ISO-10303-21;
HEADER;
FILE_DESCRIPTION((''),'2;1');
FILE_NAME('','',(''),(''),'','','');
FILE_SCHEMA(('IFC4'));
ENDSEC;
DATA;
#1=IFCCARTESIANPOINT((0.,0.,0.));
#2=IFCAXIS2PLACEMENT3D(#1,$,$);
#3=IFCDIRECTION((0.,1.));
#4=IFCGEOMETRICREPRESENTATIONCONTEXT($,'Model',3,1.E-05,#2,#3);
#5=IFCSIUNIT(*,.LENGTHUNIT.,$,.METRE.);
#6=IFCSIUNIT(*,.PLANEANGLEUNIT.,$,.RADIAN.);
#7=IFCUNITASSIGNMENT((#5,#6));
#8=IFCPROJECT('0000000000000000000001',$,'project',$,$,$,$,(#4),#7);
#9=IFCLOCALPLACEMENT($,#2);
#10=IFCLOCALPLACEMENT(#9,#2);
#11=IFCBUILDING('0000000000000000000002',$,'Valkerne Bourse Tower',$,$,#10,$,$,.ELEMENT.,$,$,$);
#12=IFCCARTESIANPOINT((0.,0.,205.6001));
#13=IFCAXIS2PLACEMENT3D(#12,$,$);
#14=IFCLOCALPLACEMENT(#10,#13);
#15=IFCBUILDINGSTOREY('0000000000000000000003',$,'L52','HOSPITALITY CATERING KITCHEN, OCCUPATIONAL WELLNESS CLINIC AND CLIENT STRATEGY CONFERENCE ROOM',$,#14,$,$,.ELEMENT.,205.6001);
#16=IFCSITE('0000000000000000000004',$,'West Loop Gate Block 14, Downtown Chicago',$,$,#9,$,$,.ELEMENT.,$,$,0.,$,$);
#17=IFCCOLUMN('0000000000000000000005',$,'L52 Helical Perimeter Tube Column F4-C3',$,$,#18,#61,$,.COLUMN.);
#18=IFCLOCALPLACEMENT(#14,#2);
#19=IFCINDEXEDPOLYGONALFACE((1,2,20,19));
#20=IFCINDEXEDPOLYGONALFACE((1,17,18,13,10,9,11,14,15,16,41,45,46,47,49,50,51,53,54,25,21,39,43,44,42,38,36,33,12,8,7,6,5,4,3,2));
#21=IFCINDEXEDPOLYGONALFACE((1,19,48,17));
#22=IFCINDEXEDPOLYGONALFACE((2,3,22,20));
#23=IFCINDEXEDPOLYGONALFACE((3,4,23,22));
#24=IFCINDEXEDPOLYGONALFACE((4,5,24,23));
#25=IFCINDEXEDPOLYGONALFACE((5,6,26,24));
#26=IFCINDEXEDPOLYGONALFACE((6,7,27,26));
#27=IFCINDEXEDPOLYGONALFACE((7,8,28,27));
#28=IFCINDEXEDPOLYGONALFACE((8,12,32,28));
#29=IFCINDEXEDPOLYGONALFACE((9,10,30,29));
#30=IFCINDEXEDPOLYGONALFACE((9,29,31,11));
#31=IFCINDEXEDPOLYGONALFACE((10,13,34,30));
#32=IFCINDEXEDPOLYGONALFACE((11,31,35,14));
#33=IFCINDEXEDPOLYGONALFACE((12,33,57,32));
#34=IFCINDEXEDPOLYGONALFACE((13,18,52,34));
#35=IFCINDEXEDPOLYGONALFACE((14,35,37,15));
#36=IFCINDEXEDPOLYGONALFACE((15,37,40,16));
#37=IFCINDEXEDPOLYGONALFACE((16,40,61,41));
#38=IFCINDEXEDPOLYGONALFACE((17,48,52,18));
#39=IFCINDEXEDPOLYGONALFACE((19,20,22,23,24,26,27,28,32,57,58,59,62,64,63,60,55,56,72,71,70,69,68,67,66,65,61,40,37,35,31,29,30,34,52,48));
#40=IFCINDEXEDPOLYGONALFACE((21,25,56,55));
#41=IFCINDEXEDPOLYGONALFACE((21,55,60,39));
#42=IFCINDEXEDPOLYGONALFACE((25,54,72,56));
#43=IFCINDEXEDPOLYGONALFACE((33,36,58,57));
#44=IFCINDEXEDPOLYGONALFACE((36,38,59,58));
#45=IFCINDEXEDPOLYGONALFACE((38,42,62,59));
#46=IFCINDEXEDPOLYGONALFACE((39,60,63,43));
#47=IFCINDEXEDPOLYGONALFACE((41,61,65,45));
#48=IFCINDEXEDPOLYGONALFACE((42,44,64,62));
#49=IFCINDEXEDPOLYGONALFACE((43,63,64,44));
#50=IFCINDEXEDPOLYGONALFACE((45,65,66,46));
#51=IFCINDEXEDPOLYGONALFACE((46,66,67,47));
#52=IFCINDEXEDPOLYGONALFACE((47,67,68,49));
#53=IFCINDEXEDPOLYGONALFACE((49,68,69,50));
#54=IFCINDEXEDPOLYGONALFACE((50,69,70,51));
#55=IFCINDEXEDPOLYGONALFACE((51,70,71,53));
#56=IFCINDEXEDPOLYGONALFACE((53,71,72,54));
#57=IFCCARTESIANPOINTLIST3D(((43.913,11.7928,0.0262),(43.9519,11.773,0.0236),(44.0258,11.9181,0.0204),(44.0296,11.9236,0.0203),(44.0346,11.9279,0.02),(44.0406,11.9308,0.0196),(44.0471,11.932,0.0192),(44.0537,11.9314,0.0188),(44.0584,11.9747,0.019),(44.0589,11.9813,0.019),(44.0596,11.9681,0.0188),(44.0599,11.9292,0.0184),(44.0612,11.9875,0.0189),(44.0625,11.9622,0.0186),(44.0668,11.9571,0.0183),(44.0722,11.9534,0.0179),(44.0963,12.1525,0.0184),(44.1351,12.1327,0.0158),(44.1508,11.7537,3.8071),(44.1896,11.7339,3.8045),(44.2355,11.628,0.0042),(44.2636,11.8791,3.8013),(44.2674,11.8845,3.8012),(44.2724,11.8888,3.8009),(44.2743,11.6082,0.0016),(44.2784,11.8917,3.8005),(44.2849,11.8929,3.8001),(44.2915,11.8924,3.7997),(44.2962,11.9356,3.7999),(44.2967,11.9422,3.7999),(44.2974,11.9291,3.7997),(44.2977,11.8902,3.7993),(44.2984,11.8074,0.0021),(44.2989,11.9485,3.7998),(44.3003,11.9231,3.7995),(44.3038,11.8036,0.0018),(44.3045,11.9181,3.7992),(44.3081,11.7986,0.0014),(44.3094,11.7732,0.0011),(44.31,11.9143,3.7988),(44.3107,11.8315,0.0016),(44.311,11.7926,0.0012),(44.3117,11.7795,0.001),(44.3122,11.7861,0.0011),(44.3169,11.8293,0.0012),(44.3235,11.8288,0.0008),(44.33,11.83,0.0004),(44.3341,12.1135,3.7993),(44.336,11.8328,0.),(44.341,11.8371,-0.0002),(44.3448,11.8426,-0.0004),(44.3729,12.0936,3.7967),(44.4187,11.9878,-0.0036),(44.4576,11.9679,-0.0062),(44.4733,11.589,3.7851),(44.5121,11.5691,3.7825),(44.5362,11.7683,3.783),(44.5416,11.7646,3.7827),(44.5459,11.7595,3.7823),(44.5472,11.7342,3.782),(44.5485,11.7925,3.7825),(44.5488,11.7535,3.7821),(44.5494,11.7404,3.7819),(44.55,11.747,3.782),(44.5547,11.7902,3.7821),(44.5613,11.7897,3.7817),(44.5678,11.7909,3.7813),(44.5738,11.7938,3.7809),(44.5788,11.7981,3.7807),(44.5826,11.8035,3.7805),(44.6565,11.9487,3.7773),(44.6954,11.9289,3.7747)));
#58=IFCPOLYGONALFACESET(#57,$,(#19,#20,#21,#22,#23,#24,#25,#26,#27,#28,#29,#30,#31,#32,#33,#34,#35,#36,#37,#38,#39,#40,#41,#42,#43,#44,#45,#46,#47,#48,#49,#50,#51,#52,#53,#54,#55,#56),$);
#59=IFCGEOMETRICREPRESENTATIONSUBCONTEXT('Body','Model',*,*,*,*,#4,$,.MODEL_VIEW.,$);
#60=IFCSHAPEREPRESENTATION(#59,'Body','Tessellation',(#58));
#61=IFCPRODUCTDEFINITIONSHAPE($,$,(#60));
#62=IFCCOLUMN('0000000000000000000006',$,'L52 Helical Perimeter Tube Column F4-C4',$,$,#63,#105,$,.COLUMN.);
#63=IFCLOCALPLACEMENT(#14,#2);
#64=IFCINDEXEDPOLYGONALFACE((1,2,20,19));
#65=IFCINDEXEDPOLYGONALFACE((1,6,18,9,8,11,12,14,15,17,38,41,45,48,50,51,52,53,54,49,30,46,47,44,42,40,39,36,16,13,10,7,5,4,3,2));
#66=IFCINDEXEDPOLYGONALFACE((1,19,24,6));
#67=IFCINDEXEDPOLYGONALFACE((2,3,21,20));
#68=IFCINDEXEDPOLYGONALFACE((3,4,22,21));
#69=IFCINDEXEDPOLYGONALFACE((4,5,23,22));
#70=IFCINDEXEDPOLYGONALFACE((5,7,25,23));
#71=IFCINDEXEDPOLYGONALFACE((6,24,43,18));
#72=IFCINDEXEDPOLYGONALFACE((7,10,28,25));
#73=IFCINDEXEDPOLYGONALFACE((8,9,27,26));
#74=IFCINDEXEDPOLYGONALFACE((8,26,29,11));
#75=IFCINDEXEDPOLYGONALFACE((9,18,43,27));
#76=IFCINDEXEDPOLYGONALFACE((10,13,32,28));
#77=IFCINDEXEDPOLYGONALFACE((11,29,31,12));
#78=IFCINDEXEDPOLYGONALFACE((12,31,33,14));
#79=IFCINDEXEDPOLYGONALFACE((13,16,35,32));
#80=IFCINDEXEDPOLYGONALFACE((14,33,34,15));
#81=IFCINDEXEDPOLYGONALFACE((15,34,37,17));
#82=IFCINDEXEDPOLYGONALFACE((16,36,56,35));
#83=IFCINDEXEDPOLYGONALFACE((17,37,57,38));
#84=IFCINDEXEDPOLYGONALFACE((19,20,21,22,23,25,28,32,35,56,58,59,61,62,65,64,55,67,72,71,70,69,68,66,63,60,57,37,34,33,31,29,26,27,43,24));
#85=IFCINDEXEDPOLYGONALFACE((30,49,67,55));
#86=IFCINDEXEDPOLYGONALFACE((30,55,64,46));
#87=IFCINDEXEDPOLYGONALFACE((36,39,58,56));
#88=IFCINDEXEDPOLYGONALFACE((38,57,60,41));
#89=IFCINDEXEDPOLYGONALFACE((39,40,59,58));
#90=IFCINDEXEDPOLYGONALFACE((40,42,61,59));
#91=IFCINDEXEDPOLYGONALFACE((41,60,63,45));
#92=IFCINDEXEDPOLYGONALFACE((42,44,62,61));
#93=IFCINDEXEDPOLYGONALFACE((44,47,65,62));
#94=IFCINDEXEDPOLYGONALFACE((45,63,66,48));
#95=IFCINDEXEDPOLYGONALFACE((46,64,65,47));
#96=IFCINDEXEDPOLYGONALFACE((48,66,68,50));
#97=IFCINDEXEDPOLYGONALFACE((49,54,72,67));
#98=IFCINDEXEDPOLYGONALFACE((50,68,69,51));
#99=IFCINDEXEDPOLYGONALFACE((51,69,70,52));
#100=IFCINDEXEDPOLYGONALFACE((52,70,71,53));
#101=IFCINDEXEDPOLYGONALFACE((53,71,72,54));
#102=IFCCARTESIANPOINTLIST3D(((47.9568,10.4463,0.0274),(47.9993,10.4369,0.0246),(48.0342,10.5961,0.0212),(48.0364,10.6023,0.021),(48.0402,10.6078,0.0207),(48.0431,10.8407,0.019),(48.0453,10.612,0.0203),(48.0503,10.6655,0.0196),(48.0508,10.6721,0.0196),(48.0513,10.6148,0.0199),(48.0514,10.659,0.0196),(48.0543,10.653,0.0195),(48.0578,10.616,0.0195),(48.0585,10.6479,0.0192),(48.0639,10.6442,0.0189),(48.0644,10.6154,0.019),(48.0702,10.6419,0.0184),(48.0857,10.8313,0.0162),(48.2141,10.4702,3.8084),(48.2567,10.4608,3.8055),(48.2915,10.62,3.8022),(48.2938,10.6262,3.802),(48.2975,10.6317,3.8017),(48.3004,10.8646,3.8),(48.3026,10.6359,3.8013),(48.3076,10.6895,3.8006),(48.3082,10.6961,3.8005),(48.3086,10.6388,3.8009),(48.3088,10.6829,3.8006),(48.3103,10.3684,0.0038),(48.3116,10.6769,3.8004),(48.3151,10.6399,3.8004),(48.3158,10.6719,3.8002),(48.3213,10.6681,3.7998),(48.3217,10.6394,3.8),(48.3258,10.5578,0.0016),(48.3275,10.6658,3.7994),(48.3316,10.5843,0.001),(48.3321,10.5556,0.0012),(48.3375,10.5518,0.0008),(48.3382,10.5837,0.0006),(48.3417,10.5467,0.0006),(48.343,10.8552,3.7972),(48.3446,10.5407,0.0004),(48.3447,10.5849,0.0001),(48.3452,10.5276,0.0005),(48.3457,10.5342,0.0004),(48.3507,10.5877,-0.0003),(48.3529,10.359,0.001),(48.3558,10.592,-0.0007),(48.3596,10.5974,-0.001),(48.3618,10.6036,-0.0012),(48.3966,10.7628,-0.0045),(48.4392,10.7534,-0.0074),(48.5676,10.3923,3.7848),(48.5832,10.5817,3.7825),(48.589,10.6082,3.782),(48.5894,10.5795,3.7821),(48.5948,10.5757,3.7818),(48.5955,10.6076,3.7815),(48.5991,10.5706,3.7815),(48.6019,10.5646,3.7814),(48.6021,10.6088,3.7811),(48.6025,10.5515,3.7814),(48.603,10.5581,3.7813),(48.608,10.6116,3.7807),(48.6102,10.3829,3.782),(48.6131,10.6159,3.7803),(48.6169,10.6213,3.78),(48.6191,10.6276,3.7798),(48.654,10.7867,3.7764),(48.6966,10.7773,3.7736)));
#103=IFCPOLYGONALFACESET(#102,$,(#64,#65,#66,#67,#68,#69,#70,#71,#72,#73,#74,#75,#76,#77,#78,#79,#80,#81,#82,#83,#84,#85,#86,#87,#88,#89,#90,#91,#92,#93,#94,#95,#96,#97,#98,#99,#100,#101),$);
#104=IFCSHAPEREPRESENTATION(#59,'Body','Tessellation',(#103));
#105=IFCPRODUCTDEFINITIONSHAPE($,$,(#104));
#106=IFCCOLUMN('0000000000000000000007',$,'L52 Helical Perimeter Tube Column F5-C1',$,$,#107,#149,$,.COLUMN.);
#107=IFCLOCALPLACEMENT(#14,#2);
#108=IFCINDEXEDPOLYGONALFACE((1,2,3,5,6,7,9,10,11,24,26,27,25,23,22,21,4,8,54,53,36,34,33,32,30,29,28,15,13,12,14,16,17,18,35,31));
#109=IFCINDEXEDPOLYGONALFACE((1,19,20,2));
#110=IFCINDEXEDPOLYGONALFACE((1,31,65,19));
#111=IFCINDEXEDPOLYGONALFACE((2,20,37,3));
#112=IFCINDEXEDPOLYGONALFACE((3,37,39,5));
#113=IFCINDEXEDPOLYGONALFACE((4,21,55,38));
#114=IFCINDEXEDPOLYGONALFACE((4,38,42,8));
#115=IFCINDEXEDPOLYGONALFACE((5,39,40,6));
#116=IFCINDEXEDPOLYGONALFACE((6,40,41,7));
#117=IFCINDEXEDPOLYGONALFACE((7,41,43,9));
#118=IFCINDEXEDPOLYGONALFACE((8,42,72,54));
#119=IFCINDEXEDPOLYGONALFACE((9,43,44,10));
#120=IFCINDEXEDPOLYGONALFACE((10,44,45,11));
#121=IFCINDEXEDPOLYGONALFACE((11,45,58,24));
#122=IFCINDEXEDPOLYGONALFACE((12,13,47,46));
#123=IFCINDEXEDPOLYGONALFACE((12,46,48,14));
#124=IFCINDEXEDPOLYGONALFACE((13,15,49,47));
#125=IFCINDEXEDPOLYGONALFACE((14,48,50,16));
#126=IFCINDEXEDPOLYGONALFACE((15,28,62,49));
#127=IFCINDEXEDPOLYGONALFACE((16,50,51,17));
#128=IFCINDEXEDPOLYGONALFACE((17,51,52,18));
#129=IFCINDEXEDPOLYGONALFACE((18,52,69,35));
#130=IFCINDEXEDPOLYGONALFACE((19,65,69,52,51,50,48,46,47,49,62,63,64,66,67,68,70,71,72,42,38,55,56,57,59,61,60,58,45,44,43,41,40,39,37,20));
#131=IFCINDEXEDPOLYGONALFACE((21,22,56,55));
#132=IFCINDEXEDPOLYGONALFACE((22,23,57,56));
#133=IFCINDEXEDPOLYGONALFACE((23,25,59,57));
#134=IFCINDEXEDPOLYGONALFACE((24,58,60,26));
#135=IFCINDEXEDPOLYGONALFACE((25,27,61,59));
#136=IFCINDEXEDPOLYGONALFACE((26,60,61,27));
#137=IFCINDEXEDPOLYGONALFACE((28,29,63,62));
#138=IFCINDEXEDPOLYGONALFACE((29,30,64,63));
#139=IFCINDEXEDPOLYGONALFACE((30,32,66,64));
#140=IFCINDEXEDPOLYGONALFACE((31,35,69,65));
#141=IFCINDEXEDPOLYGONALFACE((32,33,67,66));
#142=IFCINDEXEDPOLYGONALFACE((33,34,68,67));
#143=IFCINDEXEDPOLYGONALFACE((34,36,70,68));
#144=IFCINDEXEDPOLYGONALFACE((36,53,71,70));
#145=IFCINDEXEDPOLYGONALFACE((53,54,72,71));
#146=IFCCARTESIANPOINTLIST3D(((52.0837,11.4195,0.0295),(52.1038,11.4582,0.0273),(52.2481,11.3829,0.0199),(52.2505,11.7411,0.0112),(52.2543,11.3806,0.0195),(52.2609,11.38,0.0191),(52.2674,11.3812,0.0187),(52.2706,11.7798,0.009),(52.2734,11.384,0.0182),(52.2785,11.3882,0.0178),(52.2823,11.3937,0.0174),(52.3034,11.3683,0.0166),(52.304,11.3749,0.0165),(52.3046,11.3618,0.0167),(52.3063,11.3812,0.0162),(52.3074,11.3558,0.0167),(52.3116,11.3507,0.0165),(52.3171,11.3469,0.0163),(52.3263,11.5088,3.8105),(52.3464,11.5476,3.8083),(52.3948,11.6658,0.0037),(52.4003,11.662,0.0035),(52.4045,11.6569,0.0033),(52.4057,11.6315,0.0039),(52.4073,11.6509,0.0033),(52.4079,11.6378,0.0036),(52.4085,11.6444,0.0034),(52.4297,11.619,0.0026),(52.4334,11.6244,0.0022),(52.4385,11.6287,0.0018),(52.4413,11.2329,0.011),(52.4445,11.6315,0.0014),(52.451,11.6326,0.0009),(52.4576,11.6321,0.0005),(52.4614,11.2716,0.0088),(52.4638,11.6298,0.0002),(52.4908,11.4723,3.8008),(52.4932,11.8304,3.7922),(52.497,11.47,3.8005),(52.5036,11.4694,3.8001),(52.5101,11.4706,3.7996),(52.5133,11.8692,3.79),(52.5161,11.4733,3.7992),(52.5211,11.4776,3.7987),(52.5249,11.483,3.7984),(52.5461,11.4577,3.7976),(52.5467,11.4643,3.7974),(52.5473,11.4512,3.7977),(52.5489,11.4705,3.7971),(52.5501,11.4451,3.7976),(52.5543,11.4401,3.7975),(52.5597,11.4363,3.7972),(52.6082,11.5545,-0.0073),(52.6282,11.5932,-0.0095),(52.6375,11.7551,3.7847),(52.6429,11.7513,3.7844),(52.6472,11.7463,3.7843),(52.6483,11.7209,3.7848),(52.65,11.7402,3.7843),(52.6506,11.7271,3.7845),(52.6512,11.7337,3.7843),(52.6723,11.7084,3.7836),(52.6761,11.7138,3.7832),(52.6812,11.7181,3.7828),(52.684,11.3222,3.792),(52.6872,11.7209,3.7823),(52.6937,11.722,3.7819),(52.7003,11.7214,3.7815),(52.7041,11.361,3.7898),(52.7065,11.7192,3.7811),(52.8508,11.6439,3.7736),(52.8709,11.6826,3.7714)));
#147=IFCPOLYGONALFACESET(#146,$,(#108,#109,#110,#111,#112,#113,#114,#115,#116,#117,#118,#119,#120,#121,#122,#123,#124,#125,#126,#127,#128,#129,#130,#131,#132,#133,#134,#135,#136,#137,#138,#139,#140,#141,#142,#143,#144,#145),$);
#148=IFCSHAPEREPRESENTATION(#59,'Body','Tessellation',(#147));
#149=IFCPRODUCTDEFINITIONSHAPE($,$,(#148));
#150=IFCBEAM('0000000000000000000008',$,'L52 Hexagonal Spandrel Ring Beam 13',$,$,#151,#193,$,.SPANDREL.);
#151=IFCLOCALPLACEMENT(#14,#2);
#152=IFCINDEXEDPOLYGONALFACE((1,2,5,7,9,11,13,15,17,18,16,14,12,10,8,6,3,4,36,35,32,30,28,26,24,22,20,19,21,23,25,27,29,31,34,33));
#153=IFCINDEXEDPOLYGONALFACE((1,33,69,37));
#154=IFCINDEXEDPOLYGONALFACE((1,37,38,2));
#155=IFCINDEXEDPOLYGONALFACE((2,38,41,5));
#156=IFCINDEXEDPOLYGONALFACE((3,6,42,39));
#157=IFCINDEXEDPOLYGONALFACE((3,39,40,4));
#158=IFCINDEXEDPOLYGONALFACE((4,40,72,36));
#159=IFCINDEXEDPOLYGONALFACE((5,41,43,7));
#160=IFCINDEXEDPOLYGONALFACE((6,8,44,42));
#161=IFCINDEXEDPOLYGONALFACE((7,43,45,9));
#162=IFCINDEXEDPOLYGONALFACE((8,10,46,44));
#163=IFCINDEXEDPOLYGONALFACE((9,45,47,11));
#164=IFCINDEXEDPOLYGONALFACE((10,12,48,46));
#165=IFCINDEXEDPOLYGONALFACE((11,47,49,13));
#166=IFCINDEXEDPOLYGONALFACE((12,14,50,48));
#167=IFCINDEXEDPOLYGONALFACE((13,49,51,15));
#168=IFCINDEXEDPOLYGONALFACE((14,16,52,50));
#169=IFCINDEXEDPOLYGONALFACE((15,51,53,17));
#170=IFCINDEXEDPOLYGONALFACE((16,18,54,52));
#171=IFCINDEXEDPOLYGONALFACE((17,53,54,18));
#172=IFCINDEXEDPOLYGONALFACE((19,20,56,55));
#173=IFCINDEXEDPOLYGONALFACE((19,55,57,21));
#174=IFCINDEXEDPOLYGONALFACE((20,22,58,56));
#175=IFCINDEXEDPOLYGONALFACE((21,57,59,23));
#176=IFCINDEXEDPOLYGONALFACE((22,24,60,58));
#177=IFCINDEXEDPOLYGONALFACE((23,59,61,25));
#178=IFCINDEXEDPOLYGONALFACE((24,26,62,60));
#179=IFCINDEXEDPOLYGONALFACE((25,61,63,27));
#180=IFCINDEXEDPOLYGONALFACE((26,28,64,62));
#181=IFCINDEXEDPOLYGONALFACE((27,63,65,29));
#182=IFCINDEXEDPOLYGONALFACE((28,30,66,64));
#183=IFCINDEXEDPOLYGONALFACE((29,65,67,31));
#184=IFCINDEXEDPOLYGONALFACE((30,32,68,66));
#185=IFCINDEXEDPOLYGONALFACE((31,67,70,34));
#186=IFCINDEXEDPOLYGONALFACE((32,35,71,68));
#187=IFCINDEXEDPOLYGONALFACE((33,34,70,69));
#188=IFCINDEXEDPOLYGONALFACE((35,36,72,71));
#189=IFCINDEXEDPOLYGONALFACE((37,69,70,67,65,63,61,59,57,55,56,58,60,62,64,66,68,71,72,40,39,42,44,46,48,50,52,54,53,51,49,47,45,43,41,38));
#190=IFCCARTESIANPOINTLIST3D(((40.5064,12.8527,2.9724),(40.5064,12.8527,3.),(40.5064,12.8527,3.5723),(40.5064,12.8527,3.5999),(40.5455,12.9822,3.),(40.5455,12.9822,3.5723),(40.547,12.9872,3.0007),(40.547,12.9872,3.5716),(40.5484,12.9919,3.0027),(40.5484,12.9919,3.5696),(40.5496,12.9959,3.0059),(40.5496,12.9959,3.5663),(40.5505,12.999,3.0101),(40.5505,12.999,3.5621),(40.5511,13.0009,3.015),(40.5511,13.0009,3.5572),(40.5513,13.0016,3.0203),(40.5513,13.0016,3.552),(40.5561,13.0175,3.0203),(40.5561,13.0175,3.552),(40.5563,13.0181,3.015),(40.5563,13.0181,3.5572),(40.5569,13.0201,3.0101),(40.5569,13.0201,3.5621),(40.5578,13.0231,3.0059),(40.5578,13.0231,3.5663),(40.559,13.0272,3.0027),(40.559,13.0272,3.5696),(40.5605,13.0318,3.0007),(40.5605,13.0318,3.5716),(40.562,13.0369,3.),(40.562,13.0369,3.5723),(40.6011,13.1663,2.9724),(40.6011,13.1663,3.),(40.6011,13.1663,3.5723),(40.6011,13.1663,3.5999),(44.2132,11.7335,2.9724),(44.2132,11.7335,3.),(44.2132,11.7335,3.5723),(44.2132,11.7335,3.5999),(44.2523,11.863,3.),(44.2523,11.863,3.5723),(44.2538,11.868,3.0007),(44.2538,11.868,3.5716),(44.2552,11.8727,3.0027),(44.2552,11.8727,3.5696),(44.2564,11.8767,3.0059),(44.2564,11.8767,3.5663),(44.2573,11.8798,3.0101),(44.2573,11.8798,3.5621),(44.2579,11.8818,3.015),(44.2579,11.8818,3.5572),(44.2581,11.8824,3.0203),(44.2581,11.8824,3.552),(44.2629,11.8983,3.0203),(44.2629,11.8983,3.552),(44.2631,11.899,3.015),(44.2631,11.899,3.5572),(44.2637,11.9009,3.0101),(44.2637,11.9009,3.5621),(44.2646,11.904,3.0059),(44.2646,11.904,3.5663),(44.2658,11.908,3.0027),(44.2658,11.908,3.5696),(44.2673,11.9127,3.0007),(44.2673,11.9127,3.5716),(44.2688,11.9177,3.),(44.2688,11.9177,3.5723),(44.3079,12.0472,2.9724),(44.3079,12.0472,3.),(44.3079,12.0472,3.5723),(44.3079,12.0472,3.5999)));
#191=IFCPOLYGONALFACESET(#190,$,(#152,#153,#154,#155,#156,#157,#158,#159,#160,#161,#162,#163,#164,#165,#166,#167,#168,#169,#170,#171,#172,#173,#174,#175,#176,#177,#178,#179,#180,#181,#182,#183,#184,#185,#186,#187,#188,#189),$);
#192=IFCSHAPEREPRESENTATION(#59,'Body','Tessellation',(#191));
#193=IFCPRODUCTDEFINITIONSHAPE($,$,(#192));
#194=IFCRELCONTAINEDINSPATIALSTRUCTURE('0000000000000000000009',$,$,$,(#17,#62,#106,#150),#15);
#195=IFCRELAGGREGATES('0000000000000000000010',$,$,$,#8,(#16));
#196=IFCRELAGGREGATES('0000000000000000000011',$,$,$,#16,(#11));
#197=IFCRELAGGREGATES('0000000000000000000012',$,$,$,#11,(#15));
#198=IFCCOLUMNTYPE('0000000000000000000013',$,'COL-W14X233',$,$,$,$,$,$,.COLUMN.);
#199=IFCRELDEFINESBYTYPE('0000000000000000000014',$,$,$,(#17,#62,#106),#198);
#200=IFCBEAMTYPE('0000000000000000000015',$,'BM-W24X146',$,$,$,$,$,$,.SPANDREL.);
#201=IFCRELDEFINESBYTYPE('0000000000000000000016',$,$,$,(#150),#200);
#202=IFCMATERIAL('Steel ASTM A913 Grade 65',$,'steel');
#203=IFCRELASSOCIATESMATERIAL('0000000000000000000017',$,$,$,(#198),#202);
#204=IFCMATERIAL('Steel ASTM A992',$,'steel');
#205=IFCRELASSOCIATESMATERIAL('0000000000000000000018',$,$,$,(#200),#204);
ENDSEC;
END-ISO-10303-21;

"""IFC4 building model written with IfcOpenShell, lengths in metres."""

from ifc_helpers import new_model, si_unit, direction, frame, origin, origin_2d, place, context, subcontext, project, spatial, i_section, extrude, material, material_profile, profile_set, type_object, element, save


model = new_model("IFC4")

# Units and contexts
model_context = context("Model", 3, precision=1e-05, world=origin(), true_north=direction((0.0, 1.0)))
body_context = subcontext(model_context, "Body", "Model", "MODEL_VIEW")
ifc_project = project(units=[si_unit("LENGTHUNIT", "METRE"), si_unit("PLANEANGLEUNIT", "RADIAN")], contexts=[model_context])

# Site, building, storey
site_placement = place(None, origin())
site = spatial("IfcSite", under=ifc_project, at=site_placement, Name="West Loop Gate Block 14, Downtown Chicago", CompositionType="ELEMENT", RefElevation=0.0)
building_placement = place(site_placement, origin())
building = spatial("IfcBuilding", under=site, at=building_placement, Name="Valkerne Bourse Tower", CompositionType="ELEMENT")
storey_placement = place(building_placement, frame((0.0, 0.0, 205.6001)))
storey = spatial("IfcBuildingStorey", under=building, at=storey_placement, Name="L52", Description="HOSPITALITY CATERING KITCHEN, OCCUPATIONAL WELLNESS CLINIC AND CLIENT STRATEGY CONFERENCE ROOM", CompositionType="ELEMENT", Elevation=205.6001)

# Columns
ifc_material_1 = material(Name="Steel ASTM A913 Grade 65", Category="steel")
ifc_material_profile_1 = material_profile(ifc_material_1, i_section(OverallWidth=0.4038, OverallDepth=0.4065, WebThickness=0.0271, FlangeThickness=0.0437, FilletRadius=0.0254, at=origin_2d()), Name="W14X233")
ifc_profile_set_1 = profile_set([ifc_material_profile_1], Name="Steel ASTM A913 Grade 65")
column_type = type_object("IfcColumnType", Name="COL-W14X233", PredefinedType="COLUMN", material=ifc_profile_set_1)
column_placement = place(storey_placement, frame((44.1853, 11.8804, 0.01), z_axis=(0.062764, -0.01031, 0.997975), x_axis=(0.45383, 0.890879, -0.019338)))
element("IfcColumn", 1, at=column_placement, inside=storey, type_object=column_type, Name="L52 Helical Perimeter Tube Column F4-C3", PredefinedType="COLUMN", context=body_context, shape_type="SweptSolid", body=[
    extrude(i_section(OverallWidth=0.4038, OverallDepth=0.4065, WebThickness=0.0271, FlangeThickness=0.0437, FilletRadius=0.0254, at=origin_2d()), origin(), (0.0, 0.0, 1.0), 3.7886),
])
for number, where, z_axis, x_axis, name in (
    (2, (48.198, 10.5999, 0.01), (0.067899, 0.006313, 0.997672), (0.213825, 0.976652, -0.020732), "L52 Helical Perimeter Tube Column F4-C4"),
    (3, (52.356, 11.5063, 0.01), (0.064033, 0.023578, 0.997669), (-0.885653, 0.462071, 0.045924), "L52 Helical Perimeter Tube Column F5-C1"),
):
    element("IfcColumn", number, at=place(storey_placement, frame(where, z_axis=z_axis, x_axis=x_axis)), inside=storey, type_object=column_type, Name=name, PredefinedType="COLUMN", context=body_context, shape_type="SweptSolid", body=[
        extrude(i_section(OverallWidth=0.4038, OverallDepth=0.4065, WebThickness=0.0271, FlangeThickness=0.0437, FilletRadius=0.0254, at=origin_2d()), origin(), (0.0, 0.0, 1.0), 3.7898),
    ])

# Beam
ifc_material_2 = material(Name="Steel ASTM A992", Category="steel")
ifc_material_profile_2 = material_profile(ifc_material_2, i_section(OverallWidth=0.3276, OverallDepth=0.6274, WebThickness=0.0166, FlangeThickness=0.0276, FilletRadius=0.0203, at=origin_2d()), Name="W24X146")
ifc_profile_set_2 = profile_set([ifc_material_profile_2], Name="Steel ASTM A992")
beam_type_1 = type_object("IfcBeamType", Name="BM-W24X146", PredefinedType="SPANDREL", material=ifc_profile_set_2)
for number, where, z_axis, x_axis, name in (
    (4, (40.5537, 13.0095, 3.2861), (0.95732, -0.289031, 0.0), (0.289031, 0.95732, 0.0), "L52 Hexagonal Spandrel Ring Beam 13"),
):
    element("IfcBeam", number, at=place(storey_placement, frame(where, z_axis=z_axis, x_axis=x_axis)), inside=storey, type_object=beam_type_1, Name=name, PredefinedType="SPANDREL", context=body_context, shape_type="SweptSolid", body=[
        extrude(i_section(OverallWidth=0.3276, OverallDepth=0.6274, WebThickness=0.0166, FlangeThickness=0.0276, FilletRadius=0.0203, at=origin_2d()), origin(), (0.0, 0.0, 1.0), 3.8721),
    ])

save(model, "model.ifc")
